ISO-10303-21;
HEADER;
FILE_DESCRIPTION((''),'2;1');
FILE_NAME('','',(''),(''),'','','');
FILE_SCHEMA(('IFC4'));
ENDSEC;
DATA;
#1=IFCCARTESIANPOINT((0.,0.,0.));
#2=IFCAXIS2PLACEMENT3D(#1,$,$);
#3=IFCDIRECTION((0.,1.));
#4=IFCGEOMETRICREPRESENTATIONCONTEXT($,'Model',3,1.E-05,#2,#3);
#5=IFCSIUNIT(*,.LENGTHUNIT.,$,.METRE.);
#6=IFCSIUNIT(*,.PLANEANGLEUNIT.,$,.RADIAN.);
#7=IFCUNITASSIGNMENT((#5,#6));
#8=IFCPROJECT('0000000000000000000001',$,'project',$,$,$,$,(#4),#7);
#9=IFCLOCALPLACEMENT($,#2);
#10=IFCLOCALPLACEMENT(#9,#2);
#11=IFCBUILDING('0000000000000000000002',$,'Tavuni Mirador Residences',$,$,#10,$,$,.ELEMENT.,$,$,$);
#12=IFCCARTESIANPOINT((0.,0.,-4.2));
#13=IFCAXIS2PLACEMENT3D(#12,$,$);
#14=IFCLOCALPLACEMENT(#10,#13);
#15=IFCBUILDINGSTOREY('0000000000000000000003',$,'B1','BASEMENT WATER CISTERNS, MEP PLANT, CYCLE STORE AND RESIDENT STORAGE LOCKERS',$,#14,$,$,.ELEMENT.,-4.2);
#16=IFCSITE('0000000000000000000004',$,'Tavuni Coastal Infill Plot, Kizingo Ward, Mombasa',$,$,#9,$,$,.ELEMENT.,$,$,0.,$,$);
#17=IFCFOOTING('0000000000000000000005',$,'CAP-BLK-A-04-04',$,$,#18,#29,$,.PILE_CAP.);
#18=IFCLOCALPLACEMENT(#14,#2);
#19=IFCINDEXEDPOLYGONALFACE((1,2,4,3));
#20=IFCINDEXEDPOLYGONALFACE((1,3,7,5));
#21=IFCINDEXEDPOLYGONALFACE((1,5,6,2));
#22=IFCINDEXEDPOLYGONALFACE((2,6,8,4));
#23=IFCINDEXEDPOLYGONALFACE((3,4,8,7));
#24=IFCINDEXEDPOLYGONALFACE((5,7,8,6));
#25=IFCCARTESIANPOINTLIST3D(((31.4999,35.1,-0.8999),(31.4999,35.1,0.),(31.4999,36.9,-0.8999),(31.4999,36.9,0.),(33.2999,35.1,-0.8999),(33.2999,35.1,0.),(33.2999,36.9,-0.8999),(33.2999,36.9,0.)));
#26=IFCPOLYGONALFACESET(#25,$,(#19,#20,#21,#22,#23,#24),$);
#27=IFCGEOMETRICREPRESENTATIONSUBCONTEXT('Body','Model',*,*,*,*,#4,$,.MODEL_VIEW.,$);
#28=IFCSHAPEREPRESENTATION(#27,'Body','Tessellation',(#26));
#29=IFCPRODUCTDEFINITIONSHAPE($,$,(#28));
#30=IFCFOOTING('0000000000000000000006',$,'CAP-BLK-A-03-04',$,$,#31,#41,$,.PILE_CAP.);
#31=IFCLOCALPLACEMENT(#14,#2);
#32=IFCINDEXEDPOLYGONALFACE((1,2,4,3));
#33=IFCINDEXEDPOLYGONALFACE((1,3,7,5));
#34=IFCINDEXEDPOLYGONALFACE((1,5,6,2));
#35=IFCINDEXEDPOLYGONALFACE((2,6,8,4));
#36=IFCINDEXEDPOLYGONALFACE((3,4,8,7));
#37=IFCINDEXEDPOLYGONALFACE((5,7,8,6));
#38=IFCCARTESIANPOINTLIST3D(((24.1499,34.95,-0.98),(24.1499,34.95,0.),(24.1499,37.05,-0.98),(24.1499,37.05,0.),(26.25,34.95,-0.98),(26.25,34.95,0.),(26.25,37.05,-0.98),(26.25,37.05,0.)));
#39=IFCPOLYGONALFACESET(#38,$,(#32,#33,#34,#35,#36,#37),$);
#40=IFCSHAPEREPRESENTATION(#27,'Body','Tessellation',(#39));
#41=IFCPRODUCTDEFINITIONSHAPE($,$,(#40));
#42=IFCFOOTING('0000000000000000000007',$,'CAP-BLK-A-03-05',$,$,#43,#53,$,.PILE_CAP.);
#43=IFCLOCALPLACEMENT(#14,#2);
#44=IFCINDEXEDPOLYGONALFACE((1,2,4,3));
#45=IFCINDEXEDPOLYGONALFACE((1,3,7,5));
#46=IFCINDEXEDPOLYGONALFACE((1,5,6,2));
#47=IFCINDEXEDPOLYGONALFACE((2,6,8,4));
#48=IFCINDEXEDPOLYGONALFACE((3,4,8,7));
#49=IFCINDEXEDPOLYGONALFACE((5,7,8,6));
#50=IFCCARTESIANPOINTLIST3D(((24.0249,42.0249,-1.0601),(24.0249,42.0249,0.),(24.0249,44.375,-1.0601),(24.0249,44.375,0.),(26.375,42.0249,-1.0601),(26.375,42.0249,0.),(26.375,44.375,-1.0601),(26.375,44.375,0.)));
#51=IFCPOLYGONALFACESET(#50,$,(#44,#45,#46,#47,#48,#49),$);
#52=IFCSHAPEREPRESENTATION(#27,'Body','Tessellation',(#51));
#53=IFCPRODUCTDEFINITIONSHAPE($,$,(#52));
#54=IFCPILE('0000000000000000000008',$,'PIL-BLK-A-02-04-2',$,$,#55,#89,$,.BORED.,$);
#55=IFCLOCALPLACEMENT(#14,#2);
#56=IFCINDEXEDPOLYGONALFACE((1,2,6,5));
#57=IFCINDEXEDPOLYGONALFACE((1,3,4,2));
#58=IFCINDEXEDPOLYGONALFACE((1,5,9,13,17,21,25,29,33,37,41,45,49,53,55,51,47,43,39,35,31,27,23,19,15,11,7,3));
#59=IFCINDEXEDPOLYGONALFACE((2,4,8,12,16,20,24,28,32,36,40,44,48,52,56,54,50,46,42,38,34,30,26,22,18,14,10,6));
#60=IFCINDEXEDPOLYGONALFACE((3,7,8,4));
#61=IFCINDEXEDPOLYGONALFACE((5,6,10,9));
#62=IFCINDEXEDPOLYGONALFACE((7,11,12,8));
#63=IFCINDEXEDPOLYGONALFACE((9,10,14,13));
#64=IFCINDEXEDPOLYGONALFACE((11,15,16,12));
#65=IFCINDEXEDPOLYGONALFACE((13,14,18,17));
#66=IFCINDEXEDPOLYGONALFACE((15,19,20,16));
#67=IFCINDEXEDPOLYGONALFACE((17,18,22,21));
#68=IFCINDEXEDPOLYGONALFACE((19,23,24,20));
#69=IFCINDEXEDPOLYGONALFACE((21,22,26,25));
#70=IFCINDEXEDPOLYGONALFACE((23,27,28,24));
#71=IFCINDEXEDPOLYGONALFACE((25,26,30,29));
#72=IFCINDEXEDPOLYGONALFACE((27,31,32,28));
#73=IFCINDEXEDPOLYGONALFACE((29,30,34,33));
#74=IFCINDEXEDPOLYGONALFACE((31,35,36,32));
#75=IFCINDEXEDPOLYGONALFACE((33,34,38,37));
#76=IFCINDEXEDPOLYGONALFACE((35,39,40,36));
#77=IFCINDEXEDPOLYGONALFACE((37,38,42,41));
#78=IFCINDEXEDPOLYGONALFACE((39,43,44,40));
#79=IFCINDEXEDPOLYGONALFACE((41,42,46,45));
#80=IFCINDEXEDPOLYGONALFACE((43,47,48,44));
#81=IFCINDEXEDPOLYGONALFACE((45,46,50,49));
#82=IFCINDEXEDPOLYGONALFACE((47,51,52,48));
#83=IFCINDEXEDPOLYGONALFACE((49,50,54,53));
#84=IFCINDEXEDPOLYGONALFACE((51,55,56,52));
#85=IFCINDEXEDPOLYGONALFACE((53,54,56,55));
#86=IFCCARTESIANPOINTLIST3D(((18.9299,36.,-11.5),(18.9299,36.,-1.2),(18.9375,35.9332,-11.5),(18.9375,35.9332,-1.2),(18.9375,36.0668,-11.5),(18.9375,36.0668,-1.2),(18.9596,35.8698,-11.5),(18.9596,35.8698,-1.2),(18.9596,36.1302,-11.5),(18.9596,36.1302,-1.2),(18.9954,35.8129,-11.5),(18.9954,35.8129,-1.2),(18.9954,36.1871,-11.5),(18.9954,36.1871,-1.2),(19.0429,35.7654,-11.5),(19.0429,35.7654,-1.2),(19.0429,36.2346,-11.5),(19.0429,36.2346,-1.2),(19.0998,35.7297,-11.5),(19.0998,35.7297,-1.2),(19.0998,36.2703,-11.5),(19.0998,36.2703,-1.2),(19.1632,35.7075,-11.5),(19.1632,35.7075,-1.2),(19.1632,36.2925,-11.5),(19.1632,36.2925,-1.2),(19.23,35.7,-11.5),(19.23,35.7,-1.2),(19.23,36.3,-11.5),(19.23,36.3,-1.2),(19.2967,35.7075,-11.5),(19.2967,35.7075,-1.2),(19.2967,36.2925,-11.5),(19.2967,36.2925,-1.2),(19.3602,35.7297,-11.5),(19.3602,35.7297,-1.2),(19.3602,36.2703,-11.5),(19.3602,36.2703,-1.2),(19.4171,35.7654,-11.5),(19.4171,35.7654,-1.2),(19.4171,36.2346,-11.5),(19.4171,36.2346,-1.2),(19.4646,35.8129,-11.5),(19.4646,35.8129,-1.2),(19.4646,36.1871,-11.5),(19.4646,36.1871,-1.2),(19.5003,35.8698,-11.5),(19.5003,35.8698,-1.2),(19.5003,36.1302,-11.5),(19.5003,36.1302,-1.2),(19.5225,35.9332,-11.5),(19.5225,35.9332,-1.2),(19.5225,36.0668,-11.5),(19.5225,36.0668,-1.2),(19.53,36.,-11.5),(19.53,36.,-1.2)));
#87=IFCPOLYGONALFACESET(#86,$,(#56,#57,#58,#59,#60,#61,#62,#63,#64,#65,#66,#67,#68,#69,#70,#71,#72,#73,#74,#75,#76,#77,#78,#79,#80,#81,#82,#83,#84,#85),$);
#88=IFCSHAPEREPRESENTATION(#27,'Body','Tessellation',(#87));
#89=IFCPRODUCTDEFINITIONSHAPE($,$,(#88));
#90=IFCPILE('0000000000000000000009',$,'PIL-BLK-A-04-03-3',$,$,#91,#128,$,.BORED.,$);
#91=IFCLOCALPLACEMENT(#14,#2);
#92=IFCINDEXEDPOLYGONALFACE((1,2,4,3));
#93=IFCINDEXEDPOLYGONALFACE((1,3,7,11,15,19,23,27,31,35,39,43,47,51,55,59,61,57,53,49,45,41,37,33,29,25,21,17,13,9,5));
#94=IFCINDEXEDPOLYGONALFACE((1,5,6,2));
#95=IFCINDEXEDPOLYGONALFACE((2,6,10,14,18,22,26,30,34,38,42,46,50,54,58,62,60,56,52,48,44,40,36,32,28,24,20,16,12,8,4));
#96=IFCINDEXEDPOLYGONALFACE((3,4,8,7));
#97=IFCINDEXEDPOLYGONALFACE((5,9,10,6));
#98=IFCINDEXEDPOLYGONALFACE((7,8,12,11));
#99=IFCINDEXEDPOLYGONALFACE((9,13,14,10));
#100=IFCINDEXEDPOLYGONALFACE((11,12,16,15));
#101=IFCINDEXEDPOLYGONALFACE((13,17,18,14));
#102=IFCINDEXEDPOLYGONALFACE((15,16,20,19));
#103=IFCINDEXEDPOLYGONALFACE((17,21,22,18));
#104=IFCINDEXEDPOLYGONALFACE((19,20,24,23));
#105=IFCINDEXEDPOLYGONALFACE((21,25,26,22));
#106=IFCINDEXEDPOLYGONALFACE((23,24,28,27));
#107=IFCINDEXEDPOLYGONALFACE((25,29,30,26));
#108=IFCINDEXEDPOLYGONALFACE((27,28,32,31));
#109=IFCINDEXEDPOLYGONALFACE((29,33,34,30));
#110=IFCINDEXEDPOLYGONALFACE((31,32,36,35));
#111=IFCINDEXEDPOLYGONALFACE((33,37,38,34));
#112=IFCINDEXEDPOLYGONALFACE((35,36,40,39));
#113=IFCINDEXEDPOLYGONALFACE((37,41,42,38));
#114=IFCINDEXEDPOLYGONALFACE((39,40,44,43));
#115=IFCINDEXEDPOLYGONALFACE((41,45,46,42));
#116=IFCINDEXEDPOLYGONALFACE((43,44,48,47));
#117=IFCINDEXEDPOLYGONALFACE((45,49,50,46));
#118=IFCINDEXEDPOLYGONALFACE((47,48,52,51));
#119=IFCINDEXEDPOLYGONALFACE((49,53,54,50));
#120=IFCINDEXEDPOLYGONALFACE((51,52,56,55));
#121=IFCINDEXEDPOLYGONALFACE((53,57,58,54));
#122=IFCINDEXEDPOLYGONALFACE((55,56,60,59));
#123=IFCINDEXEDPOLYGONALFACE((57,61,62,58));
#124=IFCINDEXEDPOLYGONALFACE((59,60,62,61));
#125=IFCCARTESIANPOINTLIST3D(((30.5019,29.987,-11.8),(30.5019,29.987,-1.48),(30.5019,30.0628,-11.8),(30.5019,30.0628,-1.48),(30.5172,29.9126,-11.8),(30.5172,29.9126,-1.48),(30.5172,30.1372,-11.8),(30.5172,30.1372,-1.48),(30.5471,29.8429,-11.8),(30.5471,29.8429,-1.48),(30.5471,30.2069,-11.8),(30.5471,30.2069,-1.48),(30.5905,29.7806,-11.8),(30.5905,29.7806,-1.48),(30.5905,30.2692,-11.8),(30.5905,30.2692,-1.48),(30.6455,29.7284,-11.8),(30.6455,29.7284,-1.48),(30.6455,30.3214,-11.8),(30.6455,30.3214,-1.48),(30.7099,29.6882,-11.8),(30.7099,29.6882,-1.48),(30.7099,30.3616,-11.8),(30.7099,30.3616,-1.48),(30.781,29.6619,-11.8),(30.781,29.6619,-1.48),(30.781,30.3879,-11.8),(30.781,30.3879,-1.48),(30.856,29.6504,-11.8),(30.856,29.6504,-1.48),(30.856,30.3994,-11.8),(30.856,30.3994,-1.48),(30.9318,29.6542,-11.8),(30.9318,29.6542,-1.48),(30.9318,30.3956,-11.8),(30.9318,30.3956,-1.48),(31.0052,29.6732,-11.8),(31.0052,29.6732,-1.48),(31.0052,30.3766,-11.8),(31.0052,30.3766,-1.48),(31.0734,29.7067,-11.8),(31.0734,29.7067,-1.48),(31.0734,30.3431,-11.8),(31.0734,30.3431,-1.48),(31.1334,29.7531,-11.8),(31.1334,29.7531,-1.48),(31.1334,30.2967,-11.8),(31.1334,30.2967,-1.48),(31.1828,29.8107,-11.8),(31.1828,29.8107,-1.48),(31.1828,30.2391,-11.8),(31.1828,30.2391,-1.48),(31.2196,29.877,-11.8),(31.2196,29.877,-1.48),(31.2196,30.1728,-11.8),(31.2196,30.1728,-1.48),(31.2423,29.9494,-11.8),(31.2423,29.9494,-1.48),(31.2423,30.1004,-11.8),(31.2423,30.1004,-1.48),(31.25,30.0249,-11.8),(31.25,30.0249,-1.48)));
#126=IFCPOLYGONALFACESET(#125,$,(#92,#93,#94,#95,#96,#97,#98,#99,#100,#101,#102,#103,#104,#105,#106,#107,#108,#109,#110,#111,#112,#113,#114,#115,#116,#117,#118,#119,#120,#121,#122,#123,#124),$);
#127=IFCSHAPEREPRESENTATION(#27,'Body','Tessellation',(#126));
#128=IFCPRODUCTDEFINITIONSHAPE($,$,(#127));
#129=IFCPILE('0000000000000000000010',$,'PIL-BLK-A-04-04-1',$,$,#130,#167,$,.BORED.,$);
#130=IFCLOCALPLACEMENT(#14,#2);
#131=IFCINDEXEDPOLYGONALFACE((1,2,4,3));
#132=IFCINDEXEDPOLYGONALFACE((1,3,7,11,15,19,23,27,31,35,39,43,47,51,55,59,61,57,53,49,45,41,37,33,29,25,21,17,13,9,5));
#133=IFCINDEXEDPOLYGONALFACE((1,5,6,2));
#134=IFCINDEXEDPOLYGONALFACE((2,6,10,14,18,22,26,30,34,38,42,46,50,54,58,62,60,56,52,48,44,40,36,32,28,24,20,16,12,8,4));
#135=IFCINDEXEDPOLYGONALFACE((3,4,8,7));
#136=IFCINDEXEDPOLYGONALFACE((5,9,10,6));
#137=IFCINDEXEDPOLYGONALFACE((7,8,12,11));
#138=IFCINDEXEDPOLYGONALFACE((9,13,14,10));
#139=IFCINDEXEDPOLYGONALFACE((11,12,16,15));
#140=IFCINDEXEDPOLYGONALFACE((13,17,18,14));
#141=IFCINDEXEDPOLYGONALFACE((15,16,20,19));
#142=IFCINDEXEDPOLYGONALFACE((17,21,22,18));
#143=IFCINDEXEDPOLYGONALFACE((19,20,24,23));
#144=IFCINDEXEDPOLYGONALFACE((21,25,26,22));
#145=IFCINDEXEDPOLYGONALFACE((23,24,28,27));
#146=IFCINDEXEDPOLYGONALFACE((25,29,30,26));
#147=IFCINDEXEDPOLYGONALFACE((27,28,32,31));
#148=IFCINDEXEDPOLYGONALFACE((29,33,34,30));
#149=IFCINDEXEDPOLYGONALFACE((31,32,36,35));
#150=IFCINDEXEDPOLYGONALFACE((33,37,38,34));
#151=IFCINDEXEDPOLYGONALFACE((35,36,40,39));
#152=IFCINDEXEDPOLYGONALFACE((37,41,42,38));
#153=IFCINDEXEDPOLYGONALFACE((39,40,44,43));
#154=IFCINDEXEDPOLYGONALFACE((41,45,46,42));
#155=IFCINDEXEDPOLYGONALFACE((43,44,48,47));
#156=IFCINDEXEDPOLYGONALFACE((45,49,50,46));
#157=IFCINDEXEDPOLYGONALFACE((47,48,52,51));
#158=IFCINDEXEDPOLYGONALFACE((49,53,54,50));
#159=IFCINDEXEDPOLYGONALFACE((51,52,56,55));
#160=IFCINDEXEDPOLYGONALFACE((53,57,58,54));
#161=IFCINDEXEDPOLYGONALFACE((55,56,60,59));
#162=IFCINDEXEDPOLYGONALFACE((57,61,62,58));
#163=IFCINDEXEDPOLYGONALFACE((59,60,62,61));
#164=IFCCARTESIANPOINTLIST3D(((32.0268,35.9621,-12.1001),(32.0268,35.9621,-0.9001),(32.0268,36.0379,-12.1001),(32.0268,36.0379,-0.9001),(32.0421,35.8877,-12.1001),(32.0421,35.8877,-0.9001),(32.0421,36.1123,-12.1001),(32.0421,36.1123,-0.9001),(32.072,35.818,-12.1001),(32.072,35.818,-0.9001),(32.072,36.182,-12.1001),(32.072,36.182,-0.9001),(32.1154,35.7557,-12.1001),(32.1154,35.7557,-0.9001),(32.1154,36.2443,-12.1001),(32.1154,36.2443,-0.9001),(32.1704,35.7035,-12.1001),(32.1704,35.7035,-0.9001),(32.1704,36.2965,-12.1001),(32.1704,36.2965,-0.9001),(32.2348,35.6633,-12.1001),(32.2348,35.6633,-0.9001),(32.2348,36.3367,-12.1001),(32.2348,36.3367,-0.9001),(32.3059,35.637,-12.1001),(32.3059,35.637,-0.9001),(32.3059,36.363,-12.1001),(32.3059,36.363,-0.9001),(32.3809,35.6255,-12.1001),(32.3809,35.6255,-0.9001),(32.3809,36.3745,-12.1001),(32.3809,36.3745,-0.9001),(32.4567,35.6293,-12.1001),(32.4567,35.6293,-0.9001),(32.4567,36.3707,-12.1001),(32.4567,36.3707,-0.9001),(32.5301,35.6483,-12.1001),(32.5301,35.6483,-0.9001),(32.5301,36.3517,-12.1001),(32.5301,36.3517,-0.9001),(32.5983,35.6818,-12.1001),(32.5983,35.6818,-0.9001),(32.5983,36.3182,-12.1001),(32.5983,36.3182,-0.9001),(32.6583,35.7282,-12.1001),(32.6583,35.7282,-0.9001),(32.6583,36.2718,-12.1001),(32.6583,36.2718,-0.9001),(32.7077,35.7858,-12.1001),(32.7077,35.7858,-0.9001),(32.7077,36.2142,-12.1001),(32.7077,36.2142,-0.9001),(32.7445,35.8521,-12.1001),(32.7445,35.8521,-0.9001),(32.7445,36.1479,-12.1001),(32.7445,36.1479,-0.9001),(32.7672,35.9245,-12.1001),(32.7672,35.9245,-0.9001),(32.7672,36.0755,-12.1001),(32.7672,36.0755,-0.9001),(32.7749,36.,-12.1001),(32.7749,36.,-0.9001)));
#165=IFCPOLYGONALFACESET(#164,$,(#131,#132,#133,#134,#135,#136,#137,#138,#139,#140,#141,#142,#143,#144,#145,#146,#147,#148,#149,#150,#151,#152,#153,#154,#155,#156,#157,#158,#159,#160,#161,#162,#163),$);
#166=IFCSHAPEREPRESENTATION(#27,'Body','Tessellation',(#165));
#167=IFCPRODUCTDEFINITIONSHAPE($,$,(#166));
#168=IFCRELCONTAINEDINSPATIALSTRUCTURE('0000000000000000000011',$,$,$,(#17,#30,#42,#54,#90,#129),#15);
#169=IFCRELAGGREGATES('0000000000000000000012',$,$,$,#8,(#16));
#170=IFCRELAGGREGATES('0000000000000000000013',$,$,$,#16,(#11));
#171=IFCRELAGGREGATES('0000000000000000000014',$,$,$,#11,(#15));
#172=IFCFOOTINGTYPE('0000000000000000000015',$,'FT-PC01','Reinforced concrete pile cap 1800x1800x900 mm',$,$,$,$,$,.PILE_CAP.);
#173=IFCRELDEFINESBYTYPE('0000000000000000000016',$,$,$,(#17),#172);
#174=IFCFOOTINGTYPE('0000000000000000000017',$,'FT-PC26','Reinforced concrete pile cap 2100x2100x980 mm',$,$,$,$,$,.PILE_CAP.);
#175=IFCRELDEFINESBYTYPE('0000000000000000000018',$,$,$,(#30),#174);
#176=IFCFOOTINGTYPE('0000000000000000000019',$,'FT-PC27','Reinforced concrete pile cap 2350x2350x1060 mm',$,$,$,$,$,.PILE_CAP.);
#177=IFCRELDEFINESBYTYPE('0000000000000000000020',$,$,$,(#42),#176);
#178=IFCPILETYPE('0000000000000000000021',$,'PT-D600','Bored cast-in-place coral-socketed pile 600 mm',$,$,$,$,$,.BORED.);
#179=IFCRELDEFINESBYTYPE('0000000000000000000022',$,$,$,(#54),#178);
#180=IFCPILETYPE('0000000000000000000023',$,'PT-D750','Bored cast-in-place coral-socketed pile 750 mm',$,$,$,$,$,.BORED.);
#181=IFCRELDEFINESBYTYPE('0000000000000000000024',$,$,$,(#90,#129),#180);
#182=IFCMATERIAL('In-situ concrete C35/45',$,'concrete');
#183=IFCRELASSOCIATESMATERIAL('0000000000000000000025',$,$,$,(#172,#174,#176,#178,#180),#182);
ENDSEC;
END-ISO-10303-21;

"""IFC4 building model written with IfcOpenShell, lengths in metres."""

from ifc_helpers import new_model, si_unit, direction, frame, origin, origin_2d, place, context, subcontext, project, spatial, rectangle, circle, extrude, material, material_profile, profile_set, type_object, element, save


model = new_model("IFC4")

# Units and contexts
model_context = context("Model", 3, precision=1e-05, world=origin(), true_north=direction((0.0, 1.0)))
body_context = subcontext(model_context, "Body", "Model", "MODEL_VIEW")
ifc_project = project(units=[si_unit("LENGTHUNIT", "METRE"), si_unit("PLANEANGLEUNIT", "RADIAN")], contexts=[model_context])

# Site, building, storey
site_placement = place(None, origin())
site = spatial("IfcSite", under=ifc_project, at=site_placement, Name="Tavuni Coastal Infill Plot, Kizingo Ward, Mombasa", CompositionType="ELEMENT", RefElevation=0.0)
building_placement = place(site_placement, origin())
building = spatial("IfcBuilding", under=site, at=building_placement, Name="Tavuni Mirador Residences", CompositionType="ELEMENT")
storey_placement = place(building_placement, frame((0.0, 0.0, -4.2)))
storey = spatial("IfcBuildingStorey", under=building, at=storey_placement, Name="B1", Description="BASEMENT WATER CISTERNS, MEP PLANT, CYCLE STORE AND RESIDENT STORAGE LOCKERS", CompositionType="ELEMENT", Elevation=-4.2)

# Footings
ifc_material_1 = material(Name="In-situ concrete C35/45", Category="concrete")
footing_type_1 = type_object("IfcFootingType", Name="FT-PC01", Description="Reinforced concrete pile cap 1800x1800x900 mm", PredefinedType="PILE_CAP", material=ifc_material_1)
footing_1_placement = place(storey_placement, frame((32.3999, 36.0, -0.8999), z_axis=(0.0, 0.0, 1.0), x_axis=(1.0, 0.0, 0.0)))
element("IfcFooting", 1, at=footing_1_placement, inside=storey, type_object=footing_type_1, Name="CAP-BLK-A-04-04", PredefinedType="PILE_CAP", context=body_context, shape_type="SweptSolid", body=[
    extrude(rectangle(XDim=1.8, YDim=1.8, at=origin_2d()), origin(), (0.0, 0.0, 1.0), 0.8999),
])
footing_type_2 = type_object("IfcFootingType", Name="FT-PC26", Description="Reinforced concrete pile cap 2100x2100x980 mm", PredefinedType="PILE_CAP", material=ifc_material_1)
footing_2_placement = place(storey_placement, frame((25.2, 36.0, -0.98), z_axis=(0.0, 0.0, 1.0), x_axis=(1.0, 0.0, 0.0)))
element("IfcFooting", 2, at=footing_2_placement, inside=storey, type_object=footing_type_2, Name="CAP-BLK-A-03-04", PredefinedType="PILE_CAP", context=body_context, shape_type="SweptSolid", body=[
    extrude(rectangle(XDim=2.1001, YDim=2.1001, at=origin_2d()), origin(), (0.0, 0.0, 1.0), 0.98),
])
footing_type_3 = type_object("IfcFootingType", Name="FT-PC27", Description="Reinforced concrete pile cap 2350x2350x1060 mm", PredefinedType="PILE_CAP", material=ifc_material_1)
footing_3_placement = place(storey_placement, frame((25.2, 43.2, -1.0601), z_axis=(0.0, 0.0, 1.0), x_axis=(1.0, 0.0, 0.0)))
element("IfcFooting", 3, at=footing_3_placement, inside=storey, type_object=footing_type_3, Name="CAP-BLK-A-03-05", PredefinedType="PILE_CAP", context=body_context, shape_type="SweptSolid", body=[
    extrude(rectangle(XDim=2.3501, YDim=2.3501, at=origin_2d()), origin(), (0.0, 0.0, 1.0), 1.0601),
])

# Piles
ifc_material_profile_1 = material_profile(ifc_material_1, circle(Radius=0.3, at=origin_2d()), Name="PILE D600", Category="concrete")
ifc_profile_set_1 = profile_set([ifc_material_profile_1], Name="In-situ concrete C35/45")
pile_type_1 = type_object("IfcPileType", Name="PT-D600", Description="Bored cast-in-place coral-socketed pile 600 mm", PredefinedType="BORED", material=ifc_profile_set_1)
pile_1_placement = place(storey_placement, frame((19.23, 36.0, -1.2), z_axis=(0.0, 0.0, -1.0), x_axis=(1.0, 0.0, 0.0)))
element("IfcPile", 4, at=pile_1_placement, inside=storey, type_object=pile_type_1, Name="PIL-BLK-A-02-04-2", PredefinedType="BORED", context=body_context, shape_type="SweptSolid", body=[
    extrude(circle(Radius=0.3, at=origin_2d()), origin(), (0.0, 0.0, 1.0), 10.3),
])
ifc_material_profile_2 = material_profile(ifc_material_1, circle(Radius=0.375, at=origin_2d()), Name="PILE D750", Category="concrete")
ifc_profile_set_2 = profile_set([ifc_material_profile_2], Name="In-situ concrete C35/45")
pile_type_2 = type_object("IfcPileType", Name="PT-D750", Description="Bored cast-in-place coral-socketed pile 750 mm", PredefinedType="BORED", material=ifc_profile_set_2)
pile_2_placement = place(storey_placement, frame((30.875, 30.0249, -1.48), z_axis=(0.0, 0.0, -1.0), x_axis=(1.0, 0.0, 0.0)))
element("IfcPile", 5, at=pile_2_placement, inside=storey, type_object=pile_type_2, Name="PIL-BLK-A-04-03-3", PredefinedType="BORED", context=body_context, shape_type="SweptSolid", body=[
    extrude(circle(Radius=0.375, at=origin_2d()), origin(), (0.0, 0.0, 1.0), 10.3201),
])
pile_3_placement = place(storey_placement, frame((32.3999, 36.0, -0.9001), z_axis=(0.0, 0.0, -1.0), x_axis=(1.0, 0.0, 0.0)))
element("IfcPile", 6, at=pile_3_placement, inside=storey, type_object=pile_type_2, Name="PIL-BLK-A-04-04-1", PredefinedType="BORED", context=body_context, shape_type="SweptSolid", body=[
    extrude(circle(Radius=0.375, at=origin_2d()), origin(), (0.0, 0.0, 1.0), 11.2),
])

save(model, "model.ifc")
